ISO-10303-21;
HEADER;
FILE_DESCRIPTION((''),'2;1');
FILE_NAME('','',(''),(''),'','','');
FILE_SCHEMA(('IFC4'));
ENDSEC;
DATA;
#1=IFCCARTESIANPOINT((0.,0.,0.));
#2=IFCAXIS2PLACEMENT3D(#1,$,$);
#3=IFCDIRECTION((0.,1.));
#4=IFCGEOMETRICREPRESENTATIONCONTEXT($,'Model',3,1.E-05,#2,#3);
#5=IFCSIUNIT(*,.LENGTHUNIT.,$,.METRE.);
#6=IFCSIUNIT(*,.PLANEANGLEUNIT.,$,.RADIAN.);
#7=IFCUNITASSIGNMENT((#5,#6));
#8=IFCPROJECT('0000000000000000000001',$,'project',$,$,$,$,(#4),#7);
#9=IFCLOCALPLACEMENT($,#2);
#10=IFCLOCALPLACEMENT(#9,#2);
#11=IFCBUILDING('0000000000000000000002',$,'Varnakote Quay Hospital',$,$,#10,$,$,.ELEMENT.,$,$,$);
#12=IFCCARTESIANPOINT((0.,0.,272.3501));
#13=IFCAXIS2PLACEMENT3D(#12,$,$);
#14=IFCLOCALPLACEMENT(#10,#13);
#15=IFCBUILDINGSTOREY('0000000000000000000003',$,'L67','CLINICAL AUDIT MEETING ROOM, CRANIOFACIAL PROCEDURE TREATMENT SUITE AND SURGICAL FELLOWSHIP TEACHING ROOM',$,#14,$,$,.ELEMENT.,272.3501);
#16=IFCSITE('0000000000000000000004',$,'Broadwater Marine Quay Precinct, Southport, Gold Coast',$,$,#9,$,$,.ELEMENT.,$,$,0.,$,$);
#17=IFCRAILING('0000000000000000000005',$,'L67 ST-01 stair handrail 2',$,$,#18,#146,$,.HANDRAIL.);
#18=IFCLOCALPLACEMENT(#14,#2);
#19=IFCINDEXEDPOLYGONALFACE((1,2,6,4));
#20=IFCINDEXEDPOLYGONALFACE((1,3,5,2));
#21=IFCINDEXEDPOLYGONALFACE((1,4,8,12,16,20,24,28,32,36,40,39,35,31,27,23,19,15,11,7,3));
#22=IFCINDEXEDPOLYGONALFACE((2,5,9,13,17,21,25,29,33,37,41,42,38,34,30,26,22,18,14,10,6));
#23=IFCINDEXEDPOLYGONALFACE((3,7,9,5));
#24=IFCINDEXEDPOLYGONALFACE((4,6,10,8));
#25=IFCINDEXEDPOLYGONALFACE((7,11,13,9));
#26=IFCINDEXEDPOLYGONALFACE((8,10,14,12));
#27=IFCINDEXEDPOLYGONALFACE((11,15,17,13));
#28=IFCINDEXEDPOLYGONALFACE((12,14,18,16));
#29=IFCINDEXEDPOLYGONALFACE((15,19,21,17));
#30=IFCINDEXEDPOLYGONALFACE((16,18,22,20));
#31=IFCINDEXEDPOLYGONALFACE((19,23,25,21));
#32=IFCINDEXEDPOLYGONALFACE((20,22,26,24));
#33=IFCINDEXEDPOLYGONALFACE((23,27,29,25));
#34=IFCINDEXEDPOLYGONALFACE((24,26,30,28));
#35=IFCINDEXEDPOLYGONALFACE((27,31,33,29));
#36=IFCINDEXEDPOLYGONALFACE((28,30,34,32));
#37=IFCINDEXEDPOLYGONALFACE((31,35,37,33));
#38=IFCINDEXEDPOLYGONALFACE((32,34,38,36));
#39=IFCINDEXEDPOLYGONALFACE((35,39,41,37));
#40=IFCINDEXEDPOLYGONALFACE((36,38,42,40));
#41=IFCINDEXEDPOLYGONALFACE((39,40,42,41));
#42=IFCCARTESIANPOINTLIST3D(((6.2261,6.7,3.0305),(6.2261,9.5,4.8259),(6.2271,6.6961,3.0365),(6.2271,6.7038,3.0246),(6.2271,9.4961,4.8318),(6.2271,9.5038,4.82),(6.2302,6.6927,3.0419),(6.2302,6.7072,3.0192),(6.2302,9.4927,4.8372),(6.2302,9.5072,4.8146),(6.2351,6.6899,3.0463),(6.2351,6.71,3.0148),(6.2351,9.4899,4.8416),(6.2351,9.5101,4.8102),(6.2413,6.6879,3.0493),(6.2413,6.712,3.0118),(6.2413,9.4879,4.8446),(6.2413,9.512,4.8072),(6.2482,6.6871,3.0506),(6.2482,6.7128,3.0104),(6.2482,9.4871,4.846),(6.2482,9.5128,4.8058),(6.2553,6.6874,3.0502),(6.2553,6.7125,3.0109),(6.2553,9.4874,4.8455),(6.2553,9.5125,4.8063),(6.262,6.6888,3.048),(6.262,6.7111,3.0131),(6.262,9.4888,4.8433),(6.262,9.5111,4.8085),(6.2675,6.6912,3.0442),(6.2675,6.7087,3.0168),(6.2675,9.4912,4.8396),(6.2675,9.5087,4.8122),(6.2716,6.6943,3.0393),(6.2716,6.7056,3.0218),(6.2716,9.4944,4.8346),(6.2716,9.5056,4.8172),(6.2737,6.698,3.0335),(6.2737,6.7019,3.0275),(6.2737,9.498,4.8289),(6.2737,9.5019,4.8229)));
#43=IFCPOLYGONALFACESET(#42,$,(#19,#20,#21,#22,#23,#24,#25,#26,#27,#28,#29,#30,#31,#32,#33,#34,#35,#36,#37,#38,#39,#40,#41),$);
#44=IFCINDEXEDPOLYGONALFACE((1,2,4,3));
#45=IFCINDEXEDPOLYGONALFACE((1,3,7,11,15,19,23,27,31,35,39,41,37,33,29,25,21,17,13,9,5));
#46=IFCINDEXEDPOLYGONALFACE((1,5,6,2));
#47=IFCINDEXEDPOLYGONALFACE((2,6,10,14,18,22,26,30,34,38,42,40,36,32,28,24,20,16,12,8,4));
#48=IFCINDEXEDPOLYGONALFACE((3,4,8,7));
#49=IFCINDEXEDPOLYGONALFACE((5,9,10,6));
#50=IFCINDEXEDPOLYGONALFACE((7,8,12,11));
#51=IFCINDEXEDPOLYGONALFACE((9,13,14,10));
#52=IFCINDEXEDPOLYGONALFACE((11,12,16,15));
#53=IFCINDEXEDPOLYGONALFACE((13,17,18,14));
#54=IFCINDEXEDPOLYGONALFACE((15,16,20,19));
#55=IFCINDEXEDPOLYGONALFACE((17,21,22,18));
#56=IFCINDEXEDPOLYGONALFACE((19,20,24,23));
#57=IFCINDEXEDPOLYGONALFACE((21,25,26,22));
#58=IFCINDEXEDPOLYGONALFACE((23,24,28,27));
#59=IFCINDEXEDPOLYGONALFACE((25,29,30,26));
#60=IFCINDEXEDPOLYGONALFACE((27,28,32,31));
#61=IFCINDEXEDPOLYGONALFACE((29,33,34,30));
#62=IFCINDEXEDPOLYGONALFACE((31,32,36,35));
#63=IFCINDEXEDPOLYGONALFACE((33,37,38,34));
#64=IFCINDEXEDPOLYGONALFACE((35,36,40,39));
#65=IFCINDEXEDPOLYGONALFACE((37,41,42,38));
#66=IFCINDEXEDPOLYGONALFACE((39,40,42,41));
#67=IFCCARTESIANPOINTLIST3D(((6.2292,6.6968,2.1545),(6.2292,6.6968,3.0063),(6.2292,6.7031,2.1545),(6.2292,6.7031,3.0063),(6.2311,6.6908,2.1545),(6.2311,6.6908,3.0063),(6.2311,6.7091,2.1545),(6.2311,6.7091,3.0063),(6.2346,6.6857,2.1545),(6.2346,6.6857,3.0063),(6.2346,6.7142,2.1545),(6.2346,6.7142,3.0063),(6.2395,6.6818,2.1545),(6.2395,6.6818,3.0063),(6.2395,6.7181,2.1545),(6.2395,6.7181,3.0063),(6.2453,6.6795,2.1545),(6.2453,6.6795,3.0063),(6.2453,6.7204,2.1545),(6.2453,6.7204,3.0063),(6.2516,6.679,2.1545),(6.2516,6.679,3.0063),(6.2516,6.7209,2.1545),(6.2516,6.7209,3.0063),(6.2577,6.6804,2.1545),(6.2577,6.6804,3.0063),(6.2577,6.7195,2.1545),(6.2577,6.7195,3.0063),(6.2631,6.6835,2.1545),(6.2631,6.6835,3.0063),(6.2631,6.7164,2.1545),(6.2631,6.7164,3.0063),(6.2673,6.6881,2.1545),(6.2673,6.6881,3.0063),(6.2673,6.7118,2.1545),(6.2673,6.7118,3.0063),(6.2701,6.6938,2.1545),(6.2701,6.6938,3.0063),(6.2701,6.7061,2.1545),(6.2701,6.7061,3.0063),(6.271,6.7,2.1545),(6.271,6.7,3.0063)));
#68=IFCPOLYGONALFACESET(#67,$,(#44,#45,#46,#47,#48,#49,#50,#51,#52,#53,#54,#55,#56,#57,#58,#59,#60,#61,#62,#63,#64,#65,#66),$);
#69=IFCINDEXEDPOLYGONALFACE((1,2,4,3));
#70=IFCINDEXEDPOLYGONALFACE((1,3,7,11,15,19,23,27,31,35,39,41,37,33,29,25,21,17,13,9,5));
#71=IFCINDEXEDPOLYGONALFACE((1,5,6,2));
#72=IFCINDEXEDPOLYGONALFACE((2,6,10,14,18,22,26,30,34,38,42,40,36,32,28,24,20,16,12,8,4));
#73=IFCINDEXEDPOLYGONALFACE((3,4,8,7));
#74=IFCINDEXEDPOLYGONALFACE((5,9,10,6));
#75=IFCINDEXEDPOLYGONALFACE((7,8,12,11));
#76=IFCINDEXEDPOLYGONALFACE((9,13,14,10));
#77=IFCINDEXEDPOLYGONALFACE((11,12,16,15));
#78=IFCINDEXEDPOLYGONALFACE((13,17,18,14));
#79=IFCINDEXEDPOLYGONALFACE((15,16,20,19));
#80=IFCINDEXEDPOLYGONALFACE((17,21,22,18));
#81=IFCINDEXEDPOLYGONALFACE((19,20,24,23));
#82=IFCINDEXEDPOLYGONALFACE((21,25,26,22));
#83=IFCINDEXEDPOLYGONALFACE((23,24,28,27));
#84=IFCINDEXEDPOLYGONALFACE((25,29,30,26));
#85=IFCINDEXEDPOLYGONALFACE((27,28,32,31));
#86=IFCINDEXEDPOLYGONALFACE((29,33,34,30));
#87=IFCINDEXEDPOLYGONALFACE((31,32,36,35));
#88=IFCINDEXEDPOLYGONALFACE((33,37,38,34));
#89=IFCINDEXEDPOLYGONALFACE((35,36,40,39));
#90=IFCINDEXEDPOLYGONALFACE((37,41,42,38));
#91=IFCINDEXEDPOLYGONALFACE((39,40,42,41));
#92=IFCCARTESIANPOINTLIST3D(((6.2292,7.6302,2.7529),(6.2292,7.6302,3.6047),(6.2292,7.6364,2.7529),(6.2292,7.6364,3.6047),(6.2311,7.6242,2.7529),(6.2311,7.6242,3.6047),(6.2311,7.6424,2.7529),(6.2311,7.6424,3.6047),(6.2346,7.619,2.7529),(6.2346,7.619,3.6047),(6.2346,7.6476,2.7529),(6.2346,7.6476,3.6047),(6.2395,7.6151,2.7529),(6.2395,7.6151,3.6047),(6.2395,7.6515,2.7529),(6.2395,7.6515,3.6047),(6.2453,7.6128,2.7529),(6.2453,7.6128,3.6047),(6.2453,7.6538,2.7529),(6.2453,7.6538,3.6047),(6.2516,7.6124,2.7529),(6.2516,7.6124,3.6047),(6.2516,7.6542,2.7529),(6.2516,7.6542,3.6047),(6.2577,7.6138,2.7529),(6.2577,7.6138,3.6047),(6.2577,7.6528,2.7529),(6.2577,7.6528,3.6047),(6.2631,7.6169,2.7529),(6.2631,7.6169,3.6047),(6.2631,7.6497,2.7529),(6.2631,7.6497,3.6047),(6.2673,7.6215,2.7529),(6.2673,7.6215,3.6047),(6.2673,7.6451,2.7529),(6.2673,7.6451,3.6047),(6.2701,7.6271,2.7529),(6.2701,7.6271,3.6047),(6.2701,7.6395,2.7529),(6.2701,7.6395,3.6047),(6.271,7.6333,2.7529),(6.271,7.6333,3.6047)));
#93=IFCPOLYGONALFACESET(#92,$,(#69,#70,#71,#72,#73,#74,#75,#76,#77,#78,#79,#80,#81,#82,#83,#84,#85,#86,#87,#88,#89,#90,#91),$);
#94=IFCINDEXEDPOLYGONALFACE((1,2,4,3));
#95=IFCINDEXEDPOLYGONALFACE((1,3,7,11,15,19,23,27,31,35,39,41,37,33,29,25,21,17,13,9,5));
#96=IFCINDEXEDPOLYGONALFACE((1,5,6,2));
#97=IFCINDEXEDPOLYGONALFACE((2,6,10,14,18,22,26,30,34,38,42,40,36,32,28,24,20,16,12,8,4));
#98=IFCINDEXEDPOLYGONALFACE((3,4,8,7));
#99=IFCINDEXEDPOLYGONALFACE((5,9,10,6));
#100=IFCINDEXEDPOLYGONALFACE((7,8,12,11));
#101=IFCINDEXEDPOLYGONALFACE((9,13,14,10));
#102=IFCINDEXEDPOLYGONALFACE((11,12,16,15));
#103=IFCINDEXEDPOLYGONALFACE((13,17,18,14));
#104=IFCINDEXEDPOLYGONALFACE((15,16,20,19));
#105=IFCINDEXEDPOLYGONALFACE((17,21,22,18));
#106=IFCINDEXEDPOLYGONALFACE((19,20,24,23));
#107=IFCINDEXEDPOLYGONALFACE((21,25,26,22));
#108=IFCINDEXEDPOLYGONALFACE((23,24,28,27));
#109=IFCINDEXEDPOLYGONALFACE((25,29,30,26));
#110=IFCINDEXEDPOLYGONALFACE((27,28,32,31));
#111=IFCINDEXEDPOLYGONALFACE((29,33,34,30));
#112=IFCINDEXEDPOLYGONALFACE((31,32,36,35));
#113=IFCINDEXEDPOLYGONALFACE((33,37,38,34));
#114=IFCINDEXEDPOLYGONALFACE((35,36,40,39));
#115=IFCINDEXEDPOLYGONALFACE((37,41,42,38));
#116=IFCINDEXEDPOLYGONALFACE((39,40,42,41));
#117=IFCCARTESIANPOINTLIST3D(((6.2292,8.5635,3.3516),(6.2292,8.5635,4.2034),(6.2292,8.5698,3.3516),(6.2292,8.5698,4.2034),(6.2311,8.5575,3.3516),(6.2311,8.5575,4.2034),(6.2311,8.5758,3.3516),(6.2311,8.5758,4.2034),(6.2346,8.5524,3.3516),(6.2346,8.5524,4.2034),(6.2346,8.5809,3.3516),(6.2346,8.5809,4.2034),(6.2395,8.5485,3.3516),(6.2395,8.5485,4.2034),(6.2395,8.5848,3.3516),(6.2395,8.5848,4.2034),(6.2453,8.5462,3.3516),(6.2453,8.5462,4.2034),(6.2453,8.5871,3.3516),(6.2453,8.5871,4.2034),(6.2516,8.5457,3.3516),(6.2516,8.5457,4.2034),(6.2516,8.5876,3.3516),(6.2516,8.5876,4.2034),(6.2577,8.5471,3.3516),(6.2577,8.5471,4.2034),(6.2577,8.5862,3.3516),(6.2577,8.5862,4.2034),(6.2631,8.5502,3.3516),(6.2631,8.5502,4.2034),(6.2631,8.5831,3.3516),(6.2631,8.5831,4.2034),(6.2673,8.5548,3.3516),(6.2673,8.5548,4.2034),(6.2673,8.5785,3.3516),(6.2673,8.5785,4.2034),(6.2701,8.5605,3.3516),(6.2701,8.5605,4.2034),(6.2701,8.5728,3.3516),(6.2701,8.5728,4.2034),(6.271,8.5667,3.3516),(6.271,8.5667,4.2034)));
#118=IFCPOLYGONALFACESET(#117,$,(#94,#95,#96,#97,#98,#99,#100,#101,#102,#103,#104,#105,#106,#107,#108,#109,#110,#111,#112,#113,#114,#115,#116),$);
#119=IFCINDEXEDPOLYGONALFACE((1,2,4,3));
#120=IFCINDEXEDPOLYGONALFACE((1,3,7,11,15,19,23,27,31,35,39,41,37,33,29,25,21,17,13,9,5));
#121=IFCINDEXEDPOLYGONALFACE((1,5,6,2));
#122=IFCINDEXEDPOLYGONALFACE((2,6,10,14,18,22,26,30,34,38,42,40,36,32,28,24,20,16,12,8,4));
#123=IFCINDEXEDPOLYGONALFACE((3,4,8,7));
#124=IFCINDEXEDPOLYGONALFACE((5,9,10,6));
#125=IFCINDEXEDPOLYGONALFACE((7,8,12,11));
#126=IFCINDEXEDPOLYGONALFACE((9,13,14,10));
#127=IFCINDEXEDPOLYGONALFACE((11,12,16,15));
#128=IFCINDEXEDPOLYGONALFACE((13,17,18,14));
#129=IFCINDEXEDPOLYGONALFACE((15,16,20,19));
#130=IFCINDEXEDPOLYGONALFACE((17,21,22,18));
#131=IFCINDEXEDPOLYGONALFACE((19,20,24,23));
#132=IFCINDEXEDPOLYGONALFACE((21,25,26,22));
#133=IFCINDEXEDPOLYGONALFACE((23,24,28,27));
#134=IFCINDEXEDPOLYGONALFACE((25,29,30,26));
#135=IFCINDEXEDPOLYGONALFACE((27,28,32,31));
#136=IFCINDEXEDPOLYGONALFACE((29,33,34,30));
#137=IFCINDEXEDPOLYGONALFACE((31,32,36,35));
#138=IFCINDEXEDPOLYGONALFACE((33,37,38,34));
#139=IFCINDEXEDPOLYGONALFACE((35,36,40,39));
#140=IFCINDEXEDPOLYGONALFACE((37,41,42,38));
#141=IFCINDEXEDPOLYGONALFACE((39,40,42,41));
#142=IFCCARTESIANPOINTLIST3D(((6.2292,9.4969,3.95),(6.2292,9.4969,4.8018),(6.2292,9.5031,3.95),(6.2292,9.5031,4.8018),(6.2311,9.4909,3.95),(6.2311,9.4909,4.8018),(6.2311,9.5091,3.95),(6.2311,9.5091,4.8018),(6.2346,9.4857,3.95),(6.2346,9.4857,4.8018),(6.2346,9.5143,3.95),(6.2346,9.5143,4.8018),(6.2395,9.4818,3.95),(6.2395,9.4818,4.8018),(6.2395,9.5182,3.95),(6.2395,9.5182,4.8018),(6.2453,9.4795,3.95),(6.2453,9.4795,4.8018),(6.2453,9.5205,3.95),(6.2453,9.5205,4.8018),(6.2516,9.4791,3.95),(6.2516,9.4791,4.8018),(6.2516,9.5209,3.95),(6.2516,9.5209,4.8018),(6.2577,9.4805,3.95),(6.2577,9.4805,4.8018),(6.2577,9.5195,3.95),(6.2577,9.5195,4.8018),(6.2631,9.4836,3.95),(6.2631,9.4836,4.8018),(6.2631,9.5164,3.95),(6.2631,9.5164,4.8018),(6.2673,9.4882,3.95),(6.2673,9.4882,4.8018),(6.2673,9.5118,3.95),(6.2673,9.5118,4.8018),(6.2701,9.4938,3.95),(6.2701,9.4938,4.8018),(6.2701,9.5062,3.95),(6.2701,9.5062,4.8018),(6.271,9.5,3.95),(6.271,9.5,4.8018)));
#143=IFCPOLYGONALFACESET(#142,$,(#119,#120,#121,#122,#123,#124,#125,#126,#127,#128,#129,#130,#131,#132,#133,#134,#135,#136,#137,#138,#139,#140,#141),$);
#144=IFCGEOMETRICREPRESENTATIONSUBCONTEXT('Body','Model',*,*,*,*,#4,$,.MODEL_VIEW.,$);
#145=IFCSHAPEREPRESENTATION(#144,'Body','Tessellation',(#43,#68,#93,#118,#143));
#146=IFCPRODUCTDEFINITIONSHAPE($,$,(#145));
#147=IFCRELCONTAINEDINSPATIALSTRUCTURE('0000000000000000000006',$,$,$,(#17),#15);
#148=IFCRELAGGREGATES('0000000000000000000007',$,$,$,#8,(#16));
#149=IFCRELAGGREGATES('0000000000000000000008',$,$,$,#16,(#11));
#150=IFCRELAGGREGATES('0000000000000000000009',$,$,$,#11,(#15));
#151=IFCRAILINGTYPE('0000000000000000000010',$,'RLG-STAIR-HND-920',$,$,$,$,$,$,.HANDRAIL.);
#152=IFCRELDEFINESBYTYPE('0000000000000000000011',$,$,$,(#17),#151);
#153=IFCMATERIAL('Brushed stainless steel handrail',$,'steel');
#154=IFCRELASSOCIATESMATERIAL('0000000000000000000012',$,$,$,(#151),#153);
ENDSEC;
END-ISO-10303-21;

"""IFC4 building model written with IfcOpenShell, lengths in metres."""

from ifc_helpers import new_model, si_unit, direction, frame, origin, origin_2d, place, context, subcontext, project, spatial, circle, extrude, material, type_object, element, save


model = new_model("IFC4")

# Units and contexts
model_context = context("Model", 3, precision=1e-05, world=origin(), true_north=direction((0.0, 1.0)))
body_context = subcontext(model_context, "Body", "Model", "MODEL_VIEW")
ifc_project = project(units=[si_unit("LENGTHUNIT", "METRE"), si_unit("PLANEANGLEUNIT", "RADIAN")], contexts=[model_context])

# Site, building, storey
site_placement = place(None, origin())
site = spatial("IfcSite", under=ifc_project, at=site_placement, Name="Broadwater Marine Quay Precinct, Southport, Gold Coast", CompositionType="ELEMENT", RefElevation=0.0)
building_placement = place(site_placement, origin())
building = spatial("IfcBuilding", under=site, at=building_placement, Name="Varnakote Quay Hospital", CompositionType="ELEMENT")
storey_placement = place(building_placement, frame((0.0, 0.0, 272.3501)))
storey = spatial("IfcBuildingStorey", under=building, at=storey_placement, Name="L67", Description="CLINICAL AUDIT MEETING ROOM, CRANIOFACIAL PROCEDURE TREATMENT SUITE AND SURGICAL FELLOWSHIP TEACHING ROOM", CompositionType="ELEMENT", Elevation=272.3501)

# Railing
ifc_material_1 = material(Name="Brushed stainless steel handrail", Category="steel")
railing_type_1 = type_object("IfcRailingType", Name="RLG-STAIR-HND-920", PredefinedType="HANDRAIL", material=ifc_material_1)
railing_1_placement = place(storey_placement, frame((6.25, 6.7, 2.1545)))
element("IfcRailing", 1, at=railing_1_placement, inside=storey, type_object=railing_type_1, Name="L67 ST-01 stair handrail 2", PredefinedType="HANDRAIL", context=body_context, shape_type="SweptSolid", body=[
    extrude(circle(Radius=0.0239, at=origin_2d()), frame((0.0, 0.0, 0.876), z_axis=(0.0, 0.84181, 0.539774), x_axis=(-1.0, 0.0, 0.0)), (0.0, 0.0, 1.0), 3.3262),
    extrude(circle(Radius=0.021, at=origin_2d()), origin(), (0.0, 0.0, 1.0), 0.8518),
    extrude(circle(Radius=0.021, at=origin_2d()), frame((0.0, 0.9333, 0.5984)), (0.0, 0.0, 1.0), 0.8518),
    extrude(circle(Radius=0.021, at=origin_2d()), frame((0.0, 1.8667, 1.197)), (0.0, 0.0, 1.0), 0.8518),
    extrude(circle(Radius=0.021, at=origin_2d()), frame((0.0, 2.8, 1.7954)), (0.0, 0.0, 1.0), 0.8518),
])

save(model, "model.ifc")
